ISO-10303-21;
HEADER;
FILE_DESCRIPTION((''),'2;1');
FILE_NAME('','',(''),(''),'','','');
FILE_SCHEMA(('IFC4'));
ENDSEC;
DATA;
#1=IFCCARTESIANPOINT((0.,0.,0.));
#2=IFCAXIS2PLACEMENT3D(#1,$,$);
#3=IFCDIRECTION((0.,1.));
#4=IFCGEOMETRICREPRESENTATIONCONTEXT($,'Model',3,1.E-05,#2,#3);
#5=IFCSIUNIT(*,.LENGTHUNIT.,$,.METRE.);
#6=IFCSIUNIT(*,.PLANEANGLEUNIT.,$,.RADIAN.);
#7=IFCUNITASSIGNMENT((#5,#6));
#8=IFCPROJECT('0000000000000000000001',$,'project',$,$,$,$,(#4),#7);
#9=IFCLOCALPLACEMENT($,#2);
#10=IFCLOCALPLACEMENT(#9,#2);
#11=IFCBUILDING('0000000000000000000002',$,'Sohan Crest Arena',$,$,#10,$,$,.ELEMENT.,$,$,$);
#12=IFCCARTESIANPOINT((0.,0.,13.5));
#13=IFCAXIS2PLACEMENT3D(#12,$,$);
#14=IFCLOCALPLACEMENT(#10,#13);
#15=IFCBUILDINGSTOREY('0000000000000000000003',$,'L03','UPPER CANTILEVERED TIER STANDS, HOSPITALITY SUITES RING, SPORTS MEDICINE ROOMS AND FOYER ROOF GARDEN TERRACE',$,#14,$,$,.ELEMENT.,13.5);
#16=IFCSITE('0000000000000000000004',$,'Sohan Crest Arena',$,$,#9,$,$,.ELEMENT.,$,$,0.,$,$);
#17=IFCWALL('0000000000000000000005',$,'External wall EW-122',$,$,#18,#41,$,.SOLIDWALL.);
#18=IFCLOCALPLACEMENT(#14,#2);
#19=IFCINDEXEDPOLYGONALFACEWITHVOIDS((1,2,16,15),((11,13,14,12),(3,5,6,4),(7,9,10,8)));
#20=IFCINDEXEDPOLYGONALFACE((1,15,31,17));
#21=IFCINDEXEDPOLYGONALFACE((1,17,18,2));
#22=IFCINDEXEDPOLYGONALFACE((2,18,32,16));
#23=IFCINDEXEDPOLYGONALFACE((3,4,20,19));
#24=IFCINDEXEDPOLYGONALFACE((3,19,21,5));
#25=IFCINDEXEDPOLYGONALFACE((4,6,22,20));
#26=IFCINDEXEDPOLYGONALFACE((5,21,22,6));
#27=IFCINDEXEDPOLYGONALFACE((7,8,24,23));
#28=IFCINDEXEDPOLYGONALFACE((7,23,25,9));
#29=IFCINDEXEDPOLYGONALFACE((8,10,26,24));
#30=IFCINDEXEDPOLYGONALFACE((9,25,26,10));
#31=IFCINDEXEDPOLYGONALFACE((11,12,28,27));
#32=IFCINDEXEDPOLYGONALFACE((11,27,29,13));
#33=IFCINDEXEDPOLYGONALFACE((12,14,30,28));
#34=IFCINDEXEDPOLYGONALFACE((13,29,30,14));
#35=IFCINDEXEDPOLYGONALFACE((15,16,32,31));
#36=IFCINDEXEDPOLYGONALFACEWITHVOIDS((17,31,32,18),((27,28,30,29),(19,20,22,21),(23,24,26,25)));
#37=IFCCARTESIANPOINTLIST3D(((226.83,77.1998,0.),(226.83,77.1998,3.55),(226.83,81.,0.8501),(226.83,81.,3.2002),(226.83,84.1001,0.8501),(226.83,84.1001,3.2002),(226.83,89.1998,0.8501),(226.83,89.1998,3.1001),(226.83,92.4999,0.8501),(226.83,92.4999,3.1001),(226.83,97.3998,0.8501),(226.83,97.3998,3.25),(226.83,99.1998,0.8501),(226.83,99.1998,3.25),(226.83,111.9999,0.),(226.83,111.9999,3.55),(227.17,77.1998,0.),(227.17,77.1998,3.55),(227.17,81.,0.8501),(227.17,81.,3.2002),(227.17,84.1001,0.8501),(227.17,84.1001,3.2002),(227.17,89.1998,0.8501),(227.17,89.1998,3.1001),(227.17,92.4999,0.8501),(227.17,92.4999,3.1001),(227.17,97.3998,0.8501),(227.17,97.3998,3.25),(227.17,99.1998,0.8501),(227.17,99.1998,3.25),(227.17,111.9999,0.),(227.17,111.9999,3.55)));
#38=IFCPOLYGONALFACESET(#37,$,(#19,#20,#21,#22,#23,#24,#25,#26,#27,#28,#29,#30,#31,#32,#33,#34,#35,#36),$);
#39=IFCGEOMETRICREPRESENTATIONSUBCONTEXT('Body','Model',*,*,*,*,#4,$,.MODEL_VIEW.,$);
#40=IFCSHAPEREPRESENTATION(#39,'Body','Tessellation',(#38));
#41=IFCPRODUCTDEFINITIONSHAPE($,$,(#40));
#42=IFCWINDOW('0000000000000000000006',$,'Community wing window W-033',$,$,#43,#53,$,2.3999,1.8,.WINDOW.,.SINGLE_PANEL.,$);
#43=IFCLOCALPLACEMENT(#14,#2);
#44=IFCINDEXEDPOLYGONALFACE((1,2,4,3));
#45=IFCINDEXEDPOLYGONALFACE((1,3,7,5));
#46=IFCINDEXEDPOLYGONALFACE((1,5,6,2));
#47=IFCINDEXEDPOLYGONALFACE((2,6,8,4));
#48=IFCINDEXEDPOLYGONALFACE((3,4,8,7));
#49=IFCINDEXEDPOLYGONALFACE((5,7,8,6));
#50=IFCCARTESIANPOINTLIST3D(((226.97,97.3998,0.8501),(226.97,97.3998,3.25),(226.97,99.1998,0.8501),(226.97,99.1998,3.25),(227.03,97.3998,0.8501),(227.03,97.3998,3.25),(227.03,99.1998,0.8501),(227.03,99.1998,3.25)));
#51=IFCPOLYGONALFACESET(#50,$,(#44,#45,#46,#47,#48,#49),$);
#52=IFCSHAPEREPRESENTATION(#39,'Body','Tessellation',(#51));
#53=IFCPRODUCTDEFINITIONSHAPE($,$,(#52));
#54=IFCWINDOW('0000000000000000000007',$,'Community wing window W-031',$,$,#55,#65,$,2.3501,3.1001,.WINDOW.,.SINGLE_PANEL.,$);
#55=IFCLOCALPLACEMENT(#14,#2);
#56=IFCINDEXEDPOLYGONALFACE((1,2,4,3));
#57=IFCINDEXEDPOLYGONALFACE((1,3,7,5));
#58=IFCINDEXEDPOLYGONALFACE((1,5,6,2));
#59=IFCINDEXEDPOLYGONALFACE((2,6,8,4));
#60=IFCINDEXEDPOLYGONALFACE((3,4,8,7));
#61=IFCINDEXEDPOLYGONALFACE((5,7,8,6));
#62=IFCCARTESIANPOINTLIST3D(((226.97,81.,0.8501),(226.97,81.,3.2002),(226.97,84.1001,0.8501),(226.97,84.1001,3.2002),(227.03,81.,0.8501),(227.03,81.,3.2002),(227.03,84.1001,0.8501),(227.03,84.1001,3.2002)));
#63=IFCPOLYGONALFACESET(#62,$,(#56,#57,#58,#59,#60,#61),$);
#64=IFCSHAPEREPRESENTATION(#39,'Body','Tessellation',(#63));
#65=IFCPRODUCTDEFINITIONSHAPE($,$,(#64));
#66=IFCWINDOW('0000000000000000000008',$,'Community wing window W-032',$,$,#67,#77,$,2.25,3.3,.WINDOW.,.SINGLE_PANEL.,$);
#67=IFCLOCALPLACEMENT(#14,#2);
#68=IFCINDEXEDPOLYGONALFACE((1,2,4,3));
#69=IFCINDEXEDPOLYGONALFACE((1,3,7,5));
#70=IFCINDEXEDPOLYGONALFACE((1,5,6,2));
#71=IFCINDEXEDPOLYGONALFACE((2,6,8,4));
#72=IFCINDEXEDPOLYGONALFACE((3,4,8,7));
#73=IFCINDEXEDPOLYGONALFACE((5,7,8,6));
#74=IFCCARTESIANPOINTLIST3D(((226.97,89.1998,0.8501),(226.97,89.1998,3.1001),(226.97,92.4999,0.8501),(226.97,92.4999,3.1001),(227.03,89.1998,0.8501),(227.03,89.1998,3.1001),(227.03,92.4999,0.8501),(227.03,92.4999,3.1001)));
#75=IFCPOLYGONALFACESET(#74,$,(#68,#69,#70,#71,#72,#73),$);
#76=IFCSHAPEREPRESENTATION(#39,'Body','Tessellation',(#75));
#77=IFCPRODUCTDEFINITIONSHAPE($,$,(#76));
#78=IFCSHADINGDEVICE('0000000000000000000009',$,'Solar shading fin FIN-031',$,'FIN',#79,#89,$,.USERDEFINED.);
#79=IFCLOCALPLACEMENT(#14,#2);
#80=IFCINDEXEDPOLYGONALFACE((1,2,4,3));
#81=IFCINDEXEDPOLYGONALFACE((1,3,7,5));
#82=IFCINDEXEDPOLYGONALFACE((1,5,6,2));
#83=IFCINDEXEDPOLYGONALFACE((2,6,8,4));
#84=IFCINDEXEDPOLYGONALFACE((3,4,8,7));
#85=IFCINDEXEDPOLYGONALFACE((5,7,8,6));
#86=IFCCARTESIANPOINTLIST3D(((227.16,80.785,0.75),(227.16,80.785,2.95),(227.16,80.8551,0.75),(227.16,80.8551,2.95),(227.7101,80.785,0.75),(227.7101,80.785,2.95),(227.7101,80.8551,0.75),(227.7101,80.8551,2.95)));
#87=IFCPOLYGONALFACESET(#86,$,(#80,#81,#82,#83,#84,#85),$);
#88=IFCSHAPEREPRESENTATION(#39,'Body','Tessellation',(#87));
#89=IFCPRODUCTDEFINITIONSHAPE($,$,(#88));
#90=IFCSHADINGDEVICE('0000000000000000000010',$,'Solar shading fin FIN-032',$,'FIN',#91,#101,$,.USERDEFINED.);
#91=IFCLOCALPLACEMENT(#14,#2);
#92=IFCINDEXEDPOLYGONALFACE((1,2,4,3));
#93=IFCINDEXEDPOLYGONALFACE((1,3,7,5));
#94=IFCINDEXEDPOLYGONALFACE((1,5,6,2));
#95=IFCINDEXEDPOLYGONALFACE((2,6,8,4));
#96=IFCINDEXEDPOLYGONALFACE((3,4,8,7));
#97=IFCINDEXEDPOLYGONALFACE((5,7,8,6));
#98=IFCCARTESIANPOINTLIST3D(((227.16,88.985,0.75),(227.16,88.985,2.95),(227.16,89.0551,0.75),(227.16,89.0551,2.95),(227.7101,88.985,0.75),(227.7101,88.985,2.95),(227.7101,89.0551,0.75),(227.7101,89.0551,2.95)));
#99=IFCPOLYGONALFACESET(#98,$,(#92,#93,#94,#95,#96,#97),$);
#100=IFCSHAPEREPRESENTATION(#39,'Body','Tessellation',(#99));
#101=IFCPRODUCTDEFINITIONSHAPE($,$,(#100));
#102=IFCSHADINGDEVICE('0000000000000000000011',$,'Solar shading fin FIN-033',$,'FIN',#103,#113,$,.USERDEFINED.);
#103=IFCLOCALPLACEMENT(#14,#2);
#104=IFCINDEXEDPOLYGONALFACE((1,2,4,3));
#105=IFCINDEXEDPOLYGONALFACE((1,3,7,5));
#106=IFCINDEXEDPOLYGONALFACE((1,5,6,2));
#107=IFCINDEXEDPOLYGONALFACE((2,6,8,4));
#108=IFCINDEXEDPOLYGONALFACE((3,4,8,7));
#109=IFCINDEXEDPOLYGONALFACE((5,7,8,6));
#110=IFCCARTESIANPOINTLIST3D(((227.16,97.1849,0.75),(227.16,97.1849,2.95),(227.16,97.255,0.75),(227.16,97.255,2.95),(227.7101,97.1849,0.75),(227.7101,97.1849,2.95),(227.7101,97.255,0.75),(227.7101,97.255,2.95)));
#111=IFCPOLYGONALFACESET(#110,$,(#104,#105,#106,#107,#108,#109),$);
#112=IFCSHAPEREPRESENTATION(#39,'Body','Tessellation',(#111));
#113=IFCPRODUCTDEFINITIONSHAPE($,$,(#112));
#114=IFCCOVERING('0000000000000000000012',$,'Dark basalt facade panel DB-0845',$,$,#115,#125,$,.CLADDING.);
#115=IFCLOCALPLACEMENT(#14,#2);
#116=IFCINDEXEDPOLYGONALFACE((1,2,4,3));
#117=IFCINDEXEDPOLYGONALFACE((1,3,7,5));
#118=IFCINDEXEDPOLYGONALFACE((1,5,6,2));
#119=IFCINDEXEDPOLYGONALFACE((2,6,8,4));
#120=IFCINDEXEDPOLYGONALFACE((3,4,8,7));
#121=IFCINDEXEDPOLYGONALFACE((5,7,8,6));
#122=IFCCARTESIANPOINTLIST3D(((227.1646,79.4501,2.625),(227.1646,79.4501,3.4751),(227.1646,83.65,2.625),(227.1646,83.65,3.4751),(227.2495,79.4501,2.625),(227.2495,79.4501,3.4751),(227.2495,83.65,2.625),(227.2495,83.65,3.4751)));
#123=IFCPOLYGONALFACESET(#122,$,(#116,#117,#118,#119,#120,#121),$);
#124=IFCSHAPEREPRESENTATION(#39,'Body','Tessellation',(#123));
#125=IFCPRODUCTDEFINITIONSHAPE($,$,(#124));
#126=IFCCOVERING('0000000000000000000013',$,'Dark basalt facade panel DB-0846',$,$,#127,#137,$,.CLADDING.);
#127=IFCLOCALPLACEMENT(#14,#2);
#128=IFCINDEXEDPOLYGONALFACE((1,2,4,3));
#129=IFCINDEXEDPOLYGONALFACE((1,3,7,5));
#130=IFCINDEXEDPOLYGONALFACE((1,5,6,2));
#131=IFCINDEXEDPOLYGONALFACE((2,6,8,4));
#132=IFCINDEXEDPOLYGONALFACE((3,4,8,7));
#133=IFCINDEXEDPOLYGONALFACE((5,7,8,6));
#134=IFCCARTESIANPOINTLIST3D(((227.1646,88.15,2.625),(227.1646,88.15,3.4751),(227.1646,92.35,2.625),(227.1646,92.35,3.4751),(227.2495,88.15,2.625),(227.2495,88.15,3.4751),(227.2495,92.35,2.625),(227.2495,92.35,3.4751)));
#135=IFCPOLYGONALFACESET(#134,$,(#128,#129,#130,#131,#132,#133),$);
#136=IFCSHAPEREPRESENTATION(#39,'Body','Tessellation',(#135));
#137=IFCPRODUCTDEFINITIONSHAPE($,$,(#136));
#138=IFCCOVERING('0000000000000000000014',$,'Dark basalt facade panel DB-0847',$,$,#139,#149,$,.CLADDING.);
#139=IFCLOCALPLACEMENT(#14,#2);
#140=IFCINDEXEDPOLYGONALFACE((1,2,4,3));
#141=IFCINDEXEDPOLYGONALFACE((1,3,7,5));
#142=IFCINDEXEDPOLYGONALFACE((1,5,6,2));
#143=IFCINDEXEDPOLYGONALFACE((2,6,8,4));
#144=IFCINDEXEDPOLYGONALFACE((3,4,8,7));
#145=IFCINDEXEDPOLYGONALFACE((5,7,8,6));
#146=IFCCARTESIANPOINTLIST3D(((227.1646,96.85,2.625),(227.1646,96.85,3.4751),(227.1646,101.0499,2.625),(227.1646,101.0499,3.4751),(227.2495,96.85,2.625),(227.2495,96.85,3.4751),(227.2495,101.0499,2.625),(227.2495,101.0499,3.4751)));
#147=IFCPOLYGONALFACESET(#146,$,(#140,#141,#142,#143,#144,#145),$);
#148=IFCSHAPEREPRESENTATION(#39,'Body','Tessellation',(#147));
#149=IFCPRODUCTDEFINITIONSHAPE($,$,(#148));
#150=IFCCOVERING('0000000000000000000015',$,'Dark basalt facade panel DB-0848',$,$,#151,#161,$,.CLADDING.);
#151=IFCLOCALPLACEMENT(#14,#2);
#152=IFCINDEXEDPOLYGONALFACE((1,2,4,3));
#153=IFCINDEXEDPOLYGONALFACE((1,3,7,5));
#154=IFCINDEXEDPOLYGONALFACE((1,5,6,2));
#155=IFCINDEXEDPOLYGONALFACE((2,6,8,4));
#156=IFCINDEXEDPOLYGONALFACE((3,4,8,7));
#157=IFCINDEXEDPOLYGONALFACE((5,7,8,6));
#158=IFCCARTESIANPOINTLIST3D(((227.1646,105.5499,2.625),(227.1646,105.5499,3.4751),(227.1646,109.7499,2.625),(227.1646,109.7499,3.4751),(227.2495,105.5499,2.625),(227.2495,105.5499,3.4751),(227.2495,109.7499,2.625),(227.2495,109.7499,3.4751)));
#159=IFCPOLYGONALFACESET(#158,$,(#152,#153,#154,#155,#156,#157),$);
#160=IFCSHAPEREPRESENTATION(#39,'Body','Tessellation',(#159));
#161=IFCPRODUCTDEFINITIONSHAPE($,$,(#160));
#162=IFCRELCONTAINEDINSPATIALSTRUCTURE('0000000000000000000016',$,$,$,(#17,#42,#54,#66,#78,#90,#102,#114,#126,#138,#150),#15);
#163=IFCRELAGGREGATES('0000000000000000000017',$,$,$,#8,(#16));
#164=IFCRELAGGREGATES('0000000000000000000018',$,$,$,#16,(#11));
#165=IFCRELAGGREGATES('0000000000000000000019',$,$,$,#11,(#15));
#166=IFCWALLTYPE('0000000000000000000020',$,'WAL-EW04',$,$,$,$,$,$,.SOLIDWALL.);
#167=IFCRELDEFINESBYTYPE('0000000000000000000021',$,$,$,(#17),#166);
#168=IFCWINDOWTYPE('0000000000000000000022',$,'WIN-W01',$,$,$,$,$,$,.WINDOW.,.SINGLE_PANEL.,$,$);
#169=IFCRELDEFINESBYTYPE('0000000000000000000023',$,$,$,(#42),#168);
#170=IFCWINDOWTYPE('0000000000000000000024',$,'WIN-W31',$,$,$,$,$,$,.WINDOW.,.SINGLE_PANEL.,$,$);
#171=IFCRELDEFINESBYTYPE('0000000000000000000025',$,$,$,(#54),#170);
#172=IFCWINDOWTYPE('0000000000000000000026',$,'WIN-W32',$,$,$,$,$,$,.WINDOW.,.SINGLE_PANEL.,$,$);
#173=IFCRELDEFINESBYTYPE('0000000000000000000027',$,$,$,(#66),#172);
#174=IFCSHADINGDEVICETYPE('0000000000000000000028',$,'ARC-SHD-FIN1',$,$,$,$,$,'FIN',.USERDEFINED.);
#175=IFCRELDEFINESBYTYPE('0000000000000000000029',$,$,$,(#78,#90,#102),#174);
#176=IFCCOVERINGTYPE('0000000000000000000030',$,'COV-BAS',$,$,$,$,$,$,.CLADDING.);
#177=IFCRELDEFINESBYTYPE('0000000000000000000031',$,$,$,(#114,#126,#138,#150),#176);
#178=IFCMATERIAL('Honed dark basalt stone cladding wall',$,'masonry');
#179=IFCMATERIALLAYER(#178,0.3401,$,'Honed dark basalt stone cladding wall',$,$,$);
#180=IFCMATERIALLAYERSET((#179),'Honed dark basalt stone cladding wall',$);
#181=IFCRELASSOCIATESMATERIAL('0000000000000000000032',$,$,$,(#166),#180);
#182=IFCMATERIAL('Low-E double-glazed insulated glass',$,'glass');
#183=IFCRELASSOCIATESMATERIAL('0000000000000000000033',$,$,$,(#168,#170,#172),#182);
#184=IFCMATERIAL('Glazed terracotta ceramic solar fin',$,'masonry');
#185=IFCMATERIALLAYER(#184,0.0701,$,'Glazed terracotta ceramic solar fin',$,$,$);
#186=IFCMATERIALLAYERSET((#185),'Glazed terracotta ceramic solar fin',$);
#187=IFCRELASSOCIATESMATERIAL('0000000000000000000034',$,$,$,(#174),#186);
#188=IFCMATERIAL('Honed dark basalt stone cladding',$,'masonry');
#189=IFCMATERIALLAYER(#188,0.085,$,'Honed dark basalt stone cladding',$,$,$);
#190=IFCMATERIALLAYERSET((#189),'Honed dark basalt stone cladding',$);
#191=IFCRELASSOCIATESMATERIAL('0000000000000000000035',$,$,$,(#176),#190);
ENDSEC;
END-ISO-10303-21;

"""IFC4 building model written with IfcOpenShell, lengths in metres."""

from ifc_helpers import new_model, si_unit, direction, frame, frame_2d, origin, origin_2d, place, context, subcontext, project, spatial, rectangle, extrude, material, layer, layer_set, type_object, element, fill, save


model = new_model("IFC4")

# Units and contexts
model_context = context("Model", 3, precision=1e-05, world=origin(), true_north=direction((0.0, 1.0)))
body_context = subcontext(model_context, "Body", "Model", "MODEL_VIEW")
ifc_project = project(units=[si_unit("LENGTHUNIT", "METRE"), si_unit("PLANEANGLEUNIT", "RADIAN")], contexts=[model_context])

# Site, building, storey
site_placement = place(None, origin())
site = spatial("IfcSite", under=ifc_project, at=site_placement, Name="Sohan Crest Arena", CompositionType="ELEMENT", RefElevation=0.0)
building_placement = place(site_placement, origin())
building = spatial("IfcBuilding", under=site, at=building_placement, Name="Sohan Crest Arena", CompositionType="ELEMENT")
storey_placement = place(building_placement, frame((0.0, 0.0, 13.5)))
storey = spatial("IfcBuildingStorey", under=building, at=storey_placement, Name="L03", Description="UPPER CANTILEVERED TIER STANDS, HOSPITALITY SUITES RING, SPORTS MEDICINE ROOMS AND FOYER ROOF GARDEN TERRACE", CompositionType="ELEMENT", Elevation=13.5)

# Wall, openings, windows
ifc_material_1 = material(Name="Honed dark basalt stone cladding wall", Category="masonry")
ifc_layer_1 = layer(ifc_material_1, 0.3401, Name="Honed dark basalt stone cladding wall")
ifc_layer_set_1 = layer_set([ifc_layer_1], Name="Honed dark basalt stone cladding wall")
wall_type = type_object("IfcWallType", Name="WAL-EW04", PredefinedType="SOLIDWALL", material=ifc_layer_set_1)
wall_placement = place(storey_placement, frame((227.0, 77.2, 0.0), z_axis=(0.0, 0.0, 1.0), x_axis=(0.0, 1.0, 0.0)))
wall = element("IfcWall", 1, at=wall_placement, inside=storey, type_object=wall_type, Name="External wall EW-122", PredefinedType="SOLIDWALL", context=body_context, shape_type="SweptSolid", body=[
    extrude(rectangle(XDim=34.8, YDim=0.3401, at=frame_2d((17.3999, 0.0))), origin(), (0.0, 0.0, 1.0), 3.55),
])
opening_1_placement = place(wall_placement, frame((3.8, 0.0, 0.8501)))
opening_1 = element("IfcOpeningElement", 2, at=opening_1_placement, cuts=wall, PredefinedType="OPENING", context=body_context, shape_type="SweptSolid", body=[
    extrude(rectangle(XDim=3.1001, YDim=2.3501, at=frame_2d((1.55, 1.175))), frame((0.0, 0.1799, 0.0), z_axis=(0.0, -1.0, 0.0), x_axis=(1.0, 0.0, 0.0)), (0.0, 0.0, 1.0), 0.3601),
])
opening_2_placement = place(wall_placement, frame((12.0, 0.0, 0.8501)))
opening_2 = element("IfcOpeningElement", 3, at=opening_2_placement, cuts=wall, PredefinedType="OPENING", context=body_context, shape_type="SweptSolid", body=[
    extrude(rectangle(XDim=3.3, YDim=2.25, at=frame_2d((1.6499, 1.125))), frame((0.0, 0.1799, 0.0), z_axis=(0.0, -1.0, 0.0), x_axis=(1.0, 0.0, 0.0)), (0.0, 0.0, 1.0), 0.3601),
])
opening_3_placement = place(wall_placement, frame((20.2, 0.0, 0.8501)))
opening_3 = element("IfcOpeningElement", 4, at=opening_3_placement, cuts=wall, PredefinedType="OPENING", context=body_context, shape_type="SweptSolid", body=[
    extrude(rectangle(XDim=1.8, YDim=2.3999, at=frame_2d((0.8999, 1.2))), frame((0.0, 0.1799, 0.0), z_axis=(0.0, -1.0, 0.0), x_axis=(1.0, 0.0, 0.0)), (0.0, 0.0, 1.0), 0.3601),
])
ifc_material_2 = material(Name="Low-E double-glazed insulated glass", Category="glass")
window_type_1 = type_object("IfcWindowType", Name="WIN-W01", PartitioningType="SINGLE_PANEL", PredefinedType="WINDOW", material=ifc_material_2)
window_1_placement = place(opening_3_placement, origin())
window_1 = element("IfcWindow", 5, at=window_1_placement, inside=storey, type_object=window_type_1, Name="Community wing window W-033", OverallHeight=2.3999, OverallWidth=1.8, PartitioningType="SINGLE_PANEL", PredefinedType="WINDOW", context=body_context, shape_type="SweptSolid", body=[
    extrude(rectangle(XDim=1.8, YDim=2.3999, at=frame_2d((0.8999, 1.2))), frame((0.0, 0.03, 0.0), z_axis=(0.0, -1.0, 0.0), x_axis=(1.0, 0.0, 0.0)), (0.0, 0.0, 1.0), 0.0601),
])
fill(opening_3, window_1)
window_type_2 = type_object("IfcWindowType", Name="WIN-W31", PartitioningType="SINGLE_PANEL", PredefinedType="WINDOW", material=ifc_material_2)
window_2_placement = place(opening_1_placement, origin())
window_2 = element("IfcWindow", 6, at=window_2_placement, inside=storey, type_object=window_type_2, Name="Community wing window W-031", OverallHeight=2.3501, OverallWidth=3.1001, PartitioningType="SINGLE_PANEL", PredefinedType="WINDOW", context=body_context, shape_type="SweptSolid", body=[
    extrude(rectangle(XDim=3.1001, YDim=2.3501, at=frame_2d((1.55, 1.175))), frame((0.0, 0.03, 0.0), z_axis=(0.0, -1.0, 0.0), x_axis=(1.0, 0.0, 0.0)), (0.0, 0.0, 1.0), 0.0601),
])
fill(opening_1, window_2)
window_type_3 = type_object("IfcWindowType", Name="WIN-W32", PartitioningType="SINGLE_PANEL", PredefinedType="WINDOW", material=ifc_material_2)
window_3_placement = place(opening_2_placement, origin())
window_3 = element("IfcWindow", 7, at=window_3_placement, inside=storey, type_object=window_type_3, Name="Community wing window W-032", OverallHeight=2.25, OverallWidth=3.3, PartitioningType="SINGLE_PANEL", PredefinedType="WINDOW", context=body_context, shape_type="SweptSolid", body=[
    extrude(rectangle(XDim=3.3, YDim=2.25, at=frame_2d((1.6499, 1.125))), frame((0.0, 0.03, 0.0), z_axis=(0.0, -1.0, 0.0), x_axis=(1.0, 0.0, 0.0)), (0.0, 0.0, 1.0), 0.0601),
])
fill(opening_2, window_3)

# Shading devices
ifc_material_3 = material(Name="Glazed terracotta ceramic solar fin", Category="masonry")
ifc_layer_2 = layer(ifc_material_3, 0.0701, Name="Glazed terracotta ceramic solar fin")
ifc_layer_set_2 = layer_set([ifc_layer_2], Name="Glazed terracotta ceramic solar fin")
shading_device_type = type_object("IfcShadingDeviceType", Name="ARC-SHD-FIN1", ElementType="FIN", PredefinedType="USERDEFINED", material=ifc_layer_set_2)
for number, where, z_axis, x_axis, name in (
    (8, (227.4351, 80.8201, 0.75), (0.0, 0.0, 1.0), (0.0, 1.0, 0.0), "Solar shading fin FIN-031"),
    (9, (227.4351, 89.02, 0.75), (0.0, 0.0, 1.0), (0.0, 1.0, 0.0), "Solar shading fin FIN-032"),
    (10, (227.4351, 97.22, 0.75), (0.0, 0.0, 1.0), (0.0, 1.0, 0.0), "Solar shading fin FIN-033"),
):
    element("IfcShadingDevice", number, at=place(storey_placement, frame(where, z_axis=z_axis, x_axis=x_axis)), inside=storey, type_object=shading_device_type, Name=name, ObjectType="FIN", PredefinedType="USERDEFINED", context=body_context, shape_type="SweptSolid", body=[
        extrude(rectangle(XDim=0.0701, YDim=0.55, at=origin_2d()), origin(), (0.0, 0.0, 1.0), 2.2),
    ])

# Coverings
ifc_material_4 = material(Name="Honed dark basalt stone cladding", Category="masonry")
ifc_layer_3 = layer(ifc_material_4, 0.085, Name="Honed dark basalt stone cladding")
ifc_layer_set_3 = layer_set([ifc_layer_3], Name="Honed dark basalt stone cladding")
covering_type = type_object("IfcCoveringType", Name="COV-BAS", PredefinedType="CLADDING", material=ifc_layer_set_3)
for number, where, z_axis, x_axis, name in (
    (11, (227.207, 81.55, 2.625), (0.0, 0.0, 1.0), (0.0, 1.0, 0.0), "Dark basalt facade panel DB-0845"),
    (12, (227.207, 90.25, 2.625), (0.0, 0.0, 1.0), (0.0, 1.0, 0.0), "Dark basalt facade panel DB-0846"),
    (13, (227.207, 98.95, 2.625), (0.0, 0.0, 1.0), (0.0, 1.0, 0.0), "Dark basalt facade panel DB-0847"),
    (14, (227.207, 107.6499, 2.625), (0.0, 0.0, 1.0), (0.0, 1.0, 0.0), "Dark basalt facade panel DB-0848"),
):
    element("IfcCovering", number, at=place(storey_placement, frame(where, z_axis=z_axis, x_axis=x_axis)), inside=storey, type_object=covering_type, Name=name, PredefinedType="CLADDING", context=body_context, shape_type="SweptSolid", body=[
        extrude(rectangle(XDim=4.2, YDim=0.085, at=origin_2d()), origin(), (0.0, 0.0, 1.0), 0.8501),
    ])

save(model, "model.ifc")
